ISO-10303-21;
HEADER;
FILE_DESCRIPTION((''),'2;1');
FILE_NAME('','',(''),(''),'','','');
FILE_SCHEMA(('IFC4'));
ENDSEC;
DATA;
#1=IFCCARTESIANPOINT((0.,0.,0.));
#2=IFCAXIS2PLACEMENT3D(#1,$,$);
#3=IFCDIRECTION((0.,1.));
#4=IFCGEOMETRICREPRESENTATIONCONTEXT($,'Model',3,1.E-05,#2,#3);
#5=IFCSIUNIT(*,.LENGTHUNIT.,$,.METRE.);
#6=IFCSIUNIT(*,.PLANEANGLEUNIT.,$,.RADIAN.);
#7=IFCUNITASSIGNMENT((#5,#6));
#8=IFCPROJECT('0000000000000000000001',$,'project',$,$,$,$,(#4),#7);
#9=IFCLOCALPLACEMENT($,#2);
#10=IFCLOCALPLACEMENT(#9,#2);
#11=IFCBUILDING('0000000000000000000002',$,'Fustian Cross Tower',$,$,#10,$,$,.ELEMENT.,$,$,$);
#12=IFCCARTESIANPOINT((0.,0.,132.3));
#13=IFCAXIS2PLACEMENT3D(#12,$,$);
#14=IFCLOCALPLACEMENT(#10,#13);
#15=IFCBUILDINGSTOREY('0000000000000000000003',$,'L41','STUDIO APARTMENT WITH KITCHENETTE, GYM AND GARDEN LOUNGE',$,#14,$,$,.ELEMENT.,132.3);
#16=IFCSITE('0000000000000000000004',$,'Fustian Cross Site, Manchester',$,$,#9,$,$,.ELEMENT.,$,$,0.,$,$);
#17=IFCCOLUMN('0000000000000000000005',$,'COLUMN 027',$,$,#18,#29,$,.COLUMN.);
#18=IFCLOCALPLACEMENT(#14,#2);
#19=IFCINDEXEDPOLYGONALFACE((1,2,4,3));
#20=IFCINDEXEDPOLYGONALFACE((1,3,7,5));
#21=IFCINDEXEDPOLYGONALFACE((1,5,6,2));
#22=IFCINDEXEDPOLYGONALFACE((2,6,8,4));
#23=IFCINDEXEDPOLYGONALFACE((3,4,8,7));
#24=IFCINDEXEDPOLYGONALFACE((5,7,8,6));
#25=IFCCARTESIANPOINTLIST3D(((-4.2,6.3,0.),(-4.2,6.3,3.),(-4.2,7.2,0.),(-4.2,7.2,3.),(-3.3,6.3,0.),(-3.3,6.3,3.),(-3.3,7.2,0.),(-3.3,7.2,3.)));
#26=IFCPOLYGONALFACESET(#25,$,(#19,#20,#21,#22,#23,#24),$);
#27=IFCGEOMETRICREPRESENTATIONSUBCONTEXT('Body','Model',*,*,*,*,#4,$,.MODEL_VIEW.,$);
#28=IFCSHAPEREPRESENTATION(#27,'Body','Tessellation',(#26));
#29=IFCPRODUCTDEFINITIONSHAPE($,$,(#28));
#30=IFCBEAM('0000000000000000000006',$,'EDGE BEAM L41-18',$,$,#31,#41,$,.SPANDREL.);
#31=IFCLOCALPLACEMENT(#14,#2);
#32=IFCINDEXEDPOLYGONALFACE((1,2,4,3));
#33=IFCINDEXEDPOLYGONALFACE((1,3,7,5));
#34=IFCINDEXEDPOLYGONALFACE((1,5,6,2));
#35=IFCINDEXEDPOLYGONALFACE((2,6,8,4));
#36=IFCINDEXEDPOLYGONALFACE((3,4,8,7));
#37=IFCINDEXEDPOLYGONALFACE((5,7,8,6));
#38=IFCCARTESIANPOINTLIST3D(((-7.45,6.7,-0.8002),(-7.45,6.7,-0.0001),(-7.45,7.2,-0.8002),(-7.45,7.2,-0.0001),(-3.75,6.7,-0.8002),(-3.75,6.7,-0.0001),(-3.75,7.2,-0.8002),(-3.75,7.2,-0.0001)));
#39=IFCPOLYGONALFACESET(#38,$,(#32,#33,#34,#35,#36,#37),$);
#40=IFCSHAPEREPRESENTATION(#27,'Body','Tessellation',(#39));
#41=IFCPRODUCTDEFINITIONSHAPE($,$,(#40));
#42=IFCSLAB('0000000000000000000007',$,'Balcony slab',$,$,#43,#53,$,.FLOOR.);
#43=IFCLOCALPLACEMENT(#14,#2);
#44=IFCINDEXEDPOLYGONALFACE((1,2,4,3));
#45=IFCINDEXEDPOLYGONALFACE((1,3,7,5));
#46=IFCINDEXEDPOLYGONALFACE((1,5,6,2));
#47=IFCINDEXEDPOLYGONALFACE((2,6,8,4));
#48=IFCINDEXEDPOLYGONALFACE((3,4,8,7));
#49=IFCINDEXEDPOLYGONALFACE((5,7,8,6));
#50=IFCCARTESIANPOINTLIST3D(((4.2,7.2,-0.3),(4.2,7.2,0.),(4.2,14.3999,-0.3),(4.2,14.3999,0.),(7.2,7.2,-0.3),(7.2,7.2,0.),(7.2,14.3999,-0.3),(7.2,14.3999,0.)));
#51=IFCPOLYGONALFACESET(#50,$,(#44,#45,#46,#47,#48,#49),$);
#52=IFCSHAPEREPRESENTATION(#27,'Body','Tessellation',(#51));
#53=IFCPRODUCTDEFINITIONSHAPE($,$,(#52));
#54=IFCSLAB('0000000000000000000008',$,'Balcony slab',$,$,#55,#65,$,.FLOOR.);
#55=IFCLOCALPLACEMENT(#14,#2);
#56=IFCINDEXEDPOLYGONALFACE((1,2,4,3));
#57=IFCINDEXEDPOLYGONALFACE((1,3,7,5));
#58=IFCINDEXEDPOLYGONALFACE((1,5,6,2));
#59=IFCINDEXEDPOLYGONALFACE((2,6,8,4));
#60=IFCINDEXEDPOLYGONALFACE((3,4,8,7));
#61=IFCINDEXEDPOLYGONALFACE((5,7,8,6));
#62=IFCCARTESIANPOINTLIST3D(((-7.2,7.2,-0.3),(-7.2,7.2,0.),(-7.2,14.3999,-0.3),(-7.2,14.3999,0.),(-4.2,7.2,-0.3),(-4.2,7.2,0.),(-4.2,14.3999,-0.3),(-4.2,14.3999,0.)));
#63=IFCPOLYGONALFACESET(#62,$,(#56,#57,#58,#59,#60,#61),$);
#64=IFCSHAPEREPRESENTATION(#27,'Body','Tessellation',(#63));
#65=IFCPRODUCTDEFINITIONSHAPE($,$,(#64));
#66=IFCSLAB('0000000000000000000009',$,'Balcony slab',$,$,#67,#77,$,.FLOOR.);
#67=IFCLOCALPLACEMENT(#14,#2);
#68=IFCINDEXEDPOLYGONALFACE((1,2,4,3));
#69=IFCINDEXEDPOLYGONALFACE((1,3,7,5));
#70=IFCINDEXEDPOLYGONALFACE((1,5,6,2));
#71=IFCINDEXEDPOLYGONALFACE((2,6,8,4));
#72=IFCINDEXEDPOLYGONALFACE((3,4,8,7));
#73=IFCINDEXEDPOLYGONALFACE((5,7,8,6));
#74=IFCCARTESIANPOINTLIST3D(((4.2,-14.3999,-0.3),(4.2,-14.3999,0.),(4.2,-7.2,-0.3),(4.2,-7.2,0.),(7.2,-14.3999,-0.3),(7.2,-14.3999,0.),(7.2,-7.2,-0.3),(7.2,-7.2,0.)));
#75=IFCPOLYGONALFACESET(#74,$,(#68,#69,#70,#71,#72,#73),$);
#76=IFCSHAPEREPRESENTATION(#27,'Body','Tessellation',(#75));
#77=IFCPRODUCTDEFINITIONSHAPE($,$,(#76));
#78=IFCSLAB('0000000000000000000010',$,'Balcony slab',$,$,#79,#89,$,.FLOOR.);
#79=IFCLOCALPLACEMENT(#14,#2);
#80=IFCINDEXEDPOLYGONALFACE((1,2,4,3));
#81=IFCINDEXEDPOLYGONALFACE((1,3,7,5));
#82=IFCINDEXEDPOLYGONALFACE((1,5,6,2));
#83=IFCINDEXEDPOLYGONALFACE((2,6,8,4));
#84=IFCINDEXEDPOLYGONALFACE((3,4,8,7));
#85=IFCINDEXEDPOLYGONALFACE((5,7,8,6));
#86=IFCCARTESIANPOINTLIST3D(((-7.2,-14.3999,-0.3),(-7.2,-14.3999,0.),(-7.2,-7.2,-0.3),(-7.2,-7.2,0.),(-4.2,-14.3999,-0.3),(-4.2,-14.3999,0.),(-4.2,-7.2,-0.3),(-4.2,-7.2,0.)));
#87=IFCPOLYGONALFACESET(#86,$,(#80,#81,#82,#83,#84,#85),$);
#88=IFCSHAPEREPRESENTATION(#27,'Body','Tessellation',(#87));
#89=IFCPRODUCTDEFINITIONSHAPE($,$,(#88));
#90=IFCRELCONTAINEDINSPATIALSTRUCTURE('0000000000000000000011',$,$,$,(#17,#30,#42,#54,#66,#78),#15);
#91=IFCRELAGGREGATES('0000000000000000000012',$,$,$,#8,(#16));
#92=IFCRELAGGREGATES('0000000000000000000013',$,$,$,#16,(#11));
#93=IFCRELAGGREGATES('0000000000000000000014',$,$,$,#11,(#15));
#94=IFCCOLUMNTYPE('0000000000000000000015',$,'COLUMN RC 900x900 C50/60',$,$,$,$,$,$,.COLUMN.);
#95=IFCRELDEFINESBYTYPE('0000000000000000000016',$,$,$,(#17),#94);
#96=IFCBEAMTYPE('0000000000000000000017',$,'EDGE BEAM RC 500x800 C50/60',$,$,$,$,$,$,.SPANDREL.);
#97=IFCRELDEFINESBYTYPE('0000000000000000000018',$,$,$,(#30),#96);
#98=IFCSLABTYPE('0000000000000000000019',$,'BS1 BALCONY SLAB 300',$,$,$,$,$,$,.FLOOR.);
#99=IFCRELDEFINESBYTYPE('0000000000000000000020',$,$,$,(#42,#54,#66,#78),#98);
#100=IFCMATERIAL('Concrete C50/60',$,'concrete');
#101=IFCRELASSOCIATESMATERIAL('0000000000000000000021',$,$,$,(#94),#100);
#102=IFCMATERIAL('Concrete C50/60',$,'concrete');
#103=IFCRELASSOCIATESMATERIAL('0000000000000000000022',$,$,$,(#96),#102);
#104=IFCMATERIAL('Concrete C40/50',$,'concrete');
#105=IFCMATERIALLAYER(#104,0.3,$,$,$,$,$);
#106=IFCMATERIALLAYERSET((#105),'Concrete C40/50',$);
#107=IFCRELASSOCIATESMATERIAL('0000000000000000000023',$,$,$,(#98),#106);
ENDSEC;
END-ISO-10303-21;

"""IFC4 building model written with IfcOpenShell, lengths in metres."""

from ifc_helpers import new_model, si_unit, direction, frame, origin, origin_2d, place, context, subcontext, project, spatial, polyline, rectangle, outline, extrude, material, layer, layer_set, material_profile, profile_set, type_object, element, save


model = new_model("IFC4")

# Units and contexts
model_context = context("Model", 3, precision=1e-05, world=origin(), true_north=direction((0.0, 1.0)))
body_context = subcontext(model_context, "Body", "Model", "MODEL_VIEW")
ifc_project = project(units=[si_unit("LENGTHUNIT", "METRE"), si_unit("PLANEANGLEUNIT", "RADIAN")], contexts=[model_context])

# Site, building, storey
site_placement = place(None, origin())
site = spatial("IfcSite", under=ifc_project, at=site_placement, Name="Fustian Cross Site, Manchester", CompositionType="ELEMENT", RefElevation=0.0)
building_placement = place(site_placement, origin())
building = spatial("IfcBuilding", under=site, at=building_placement, Name="Fustian Cross Tower", CompositionType="ELEMENT")
storey_placement = place(building_placement, frame((0.0, 0.0, 132.3)))
storey = spatial("IfcBuildingStorey", under=building, at=storey_placement, Name="L41", Description="STUDIO APARTMENT WITH KITCHENETTE, GYM AND GARDEN LOUNGE", CompositionType="ELEMENT", Elevation=132.3)

# Column
ifc_material_1 = material(Name="Concrete C50/60", Category="concrete")
ifc_material_profile_1 = material_profile(ifc_material_1, rectangle(XDim=0.8999, YDim=0.8999, at=origin_2d()), Name="RC 900x900")
ifc_profile_set_1 = profile_set([ifc_material_profile_1], Name="Concrete C50/60")
column_type = type_object("IfcColumnType", Name="COLUMN RC 900x900 C50/60", PredefinedType="COLUMN", material=ifc_profile_set_1)
column_placement = place(storey_placement, frame((-3.75, 6.75, 0.0), z_axis=(0.0, 0.0, 1.0), x_axis=(1.0, 0.0, 0.0)))
element("IfcColumn", 1, at=column_placement, inside=storey, type_object=column_type, Name="COLUMN 027", PredefinedType="COLUMN", context=body_context, shape_type="SweptSolid", body=[
    extrude(rectangle(XDim=0.8999, YDim=0.8999, at=origin_2d()), origin(), (0.0, 0.0, 1.0), 3.0),
])

# Beam
ifc_material_2 = material(Name="Concrete C50/60", Category="concrete")
ifc_material_profile_2 = material_profile(ifc_material_2, rectangle(XDim=0.5, YDim=0.8, at=origin_2d()), Name="RC 500x800")
ifc_profile_set_2 = profile_set([ifc_material_profile_2], Name="Concrete C50/60")
beam_type = type_object("IfcBeamType", Name="EDGE BEAM RC 500x800 C50/60", PredefinedType="SPANDREL", material=ifc_profile_set_2)
beam_placement = place(storey_placement, frame((-3.75, 6.95, -0.4001), z_axis=(-1.0, 0.0, 0.0), x_axis=(0.0, -1.0, 0.0)))
element("IfcBeam", 2, at=beam_placement, inside=storey, type_object=beam_type, Name="EDGE BEAM L41-18", PredefinedType="SPANDREL", context=body_context, shape_type="SweptSolid", body=[
    extrude(rectangle(XDim=0.5, YDim=0.8, at=origin_2d()), origin(), (0.0, 0.0, 1.0), 3.7),
])

# Slabs
ifc_material_3 = material(Name="Concrete C40/50", Category="concrete")
ifc_layer_1 = layer(ifc_material_3, 0.3)
ifc_layer_set_1 = layer_set([ifc_layer_1], Name="Concrete C40/50")
slab_type_1 = type_object("IfcSlabType", Name="BS1 BALCONY SLAB 300", PredefinedType="FLOOR", material=ifc_layer_set_1)
slab_1_placement = place(storey_placement, frame((0.0, 0.0, -0.3)))
element("IfcSlab", 3, at=slab_1_placement, inside=storey, type_object=slab_type_1, Name="Balcony slab", PredefinedType="FLOOR", context=body_context, shape_type="SweptSolid", body=[
    extrude(outline(polyline([(4.2, 7.2), (7.2, 7.2), (7.2, 14.3999), (4.2, 14.3999), (4.2, 7.2)])), origin(), (0.0, 0.0, 1.0), 0.3),
])
slab_2_placement = place(storey_placement, frame((0.0, 0.0, -0.3)))
element("IfcSlab", 4, at=slab_2_placement, inside=storey, type_object=slab_type_1, Name="Balcony slab", PredefinedType="FLOOR", context=body_context, shape_type="SweptSolid", body=[
    extrude(outline(polyline([(-7.2, 7.2), (-4.2, 7.2), (-4.2, 14.3999), (-7.2, 14.3999), (-7.2, 7.2)])), origin(), (0.0, 0.0, 1.0), 0.3),
])
slab_3_placement = place(storey_placement, frame((0.0, 0.0, -0.3)))
element("IfcSlab", 5, at=slab_3_placement, inside=storey, type_object=slab_type_1, Name="Balcony slab", PredefinedType="FLOOR", context=body_context, shape_type="SweptSolid", body=[
    extrude(outline(polyline([(4.2, -14.3999), (7.2, -14.3999), (7.2, -7.2), (4.2, -7.2), (4.2, -14.3999)])), origin(), (0.0, 0.0, 1.0), 0.3),
])
slab_4_placement = place(storey_placement, frame((0.0, 0.0, -0.3)))
element("IfcSlab", 6, at=slab_4_placement, inside=storey, type_object=slab_type_1, Name="Balcony slab", PredefinedType="FLOOR", context=body_context, shape_type="SweptSolid", body=[
    extrude(outline(polyline([(-7.2, -14.3999), (-4.2, -14.3999), (-4.2, -7.2), (-7.2, -7.2), (-7.2, -14.3999)])), origin(), (0.0, 0.0, 1.0), 0.3),
])

save(model, "model.ifc")
